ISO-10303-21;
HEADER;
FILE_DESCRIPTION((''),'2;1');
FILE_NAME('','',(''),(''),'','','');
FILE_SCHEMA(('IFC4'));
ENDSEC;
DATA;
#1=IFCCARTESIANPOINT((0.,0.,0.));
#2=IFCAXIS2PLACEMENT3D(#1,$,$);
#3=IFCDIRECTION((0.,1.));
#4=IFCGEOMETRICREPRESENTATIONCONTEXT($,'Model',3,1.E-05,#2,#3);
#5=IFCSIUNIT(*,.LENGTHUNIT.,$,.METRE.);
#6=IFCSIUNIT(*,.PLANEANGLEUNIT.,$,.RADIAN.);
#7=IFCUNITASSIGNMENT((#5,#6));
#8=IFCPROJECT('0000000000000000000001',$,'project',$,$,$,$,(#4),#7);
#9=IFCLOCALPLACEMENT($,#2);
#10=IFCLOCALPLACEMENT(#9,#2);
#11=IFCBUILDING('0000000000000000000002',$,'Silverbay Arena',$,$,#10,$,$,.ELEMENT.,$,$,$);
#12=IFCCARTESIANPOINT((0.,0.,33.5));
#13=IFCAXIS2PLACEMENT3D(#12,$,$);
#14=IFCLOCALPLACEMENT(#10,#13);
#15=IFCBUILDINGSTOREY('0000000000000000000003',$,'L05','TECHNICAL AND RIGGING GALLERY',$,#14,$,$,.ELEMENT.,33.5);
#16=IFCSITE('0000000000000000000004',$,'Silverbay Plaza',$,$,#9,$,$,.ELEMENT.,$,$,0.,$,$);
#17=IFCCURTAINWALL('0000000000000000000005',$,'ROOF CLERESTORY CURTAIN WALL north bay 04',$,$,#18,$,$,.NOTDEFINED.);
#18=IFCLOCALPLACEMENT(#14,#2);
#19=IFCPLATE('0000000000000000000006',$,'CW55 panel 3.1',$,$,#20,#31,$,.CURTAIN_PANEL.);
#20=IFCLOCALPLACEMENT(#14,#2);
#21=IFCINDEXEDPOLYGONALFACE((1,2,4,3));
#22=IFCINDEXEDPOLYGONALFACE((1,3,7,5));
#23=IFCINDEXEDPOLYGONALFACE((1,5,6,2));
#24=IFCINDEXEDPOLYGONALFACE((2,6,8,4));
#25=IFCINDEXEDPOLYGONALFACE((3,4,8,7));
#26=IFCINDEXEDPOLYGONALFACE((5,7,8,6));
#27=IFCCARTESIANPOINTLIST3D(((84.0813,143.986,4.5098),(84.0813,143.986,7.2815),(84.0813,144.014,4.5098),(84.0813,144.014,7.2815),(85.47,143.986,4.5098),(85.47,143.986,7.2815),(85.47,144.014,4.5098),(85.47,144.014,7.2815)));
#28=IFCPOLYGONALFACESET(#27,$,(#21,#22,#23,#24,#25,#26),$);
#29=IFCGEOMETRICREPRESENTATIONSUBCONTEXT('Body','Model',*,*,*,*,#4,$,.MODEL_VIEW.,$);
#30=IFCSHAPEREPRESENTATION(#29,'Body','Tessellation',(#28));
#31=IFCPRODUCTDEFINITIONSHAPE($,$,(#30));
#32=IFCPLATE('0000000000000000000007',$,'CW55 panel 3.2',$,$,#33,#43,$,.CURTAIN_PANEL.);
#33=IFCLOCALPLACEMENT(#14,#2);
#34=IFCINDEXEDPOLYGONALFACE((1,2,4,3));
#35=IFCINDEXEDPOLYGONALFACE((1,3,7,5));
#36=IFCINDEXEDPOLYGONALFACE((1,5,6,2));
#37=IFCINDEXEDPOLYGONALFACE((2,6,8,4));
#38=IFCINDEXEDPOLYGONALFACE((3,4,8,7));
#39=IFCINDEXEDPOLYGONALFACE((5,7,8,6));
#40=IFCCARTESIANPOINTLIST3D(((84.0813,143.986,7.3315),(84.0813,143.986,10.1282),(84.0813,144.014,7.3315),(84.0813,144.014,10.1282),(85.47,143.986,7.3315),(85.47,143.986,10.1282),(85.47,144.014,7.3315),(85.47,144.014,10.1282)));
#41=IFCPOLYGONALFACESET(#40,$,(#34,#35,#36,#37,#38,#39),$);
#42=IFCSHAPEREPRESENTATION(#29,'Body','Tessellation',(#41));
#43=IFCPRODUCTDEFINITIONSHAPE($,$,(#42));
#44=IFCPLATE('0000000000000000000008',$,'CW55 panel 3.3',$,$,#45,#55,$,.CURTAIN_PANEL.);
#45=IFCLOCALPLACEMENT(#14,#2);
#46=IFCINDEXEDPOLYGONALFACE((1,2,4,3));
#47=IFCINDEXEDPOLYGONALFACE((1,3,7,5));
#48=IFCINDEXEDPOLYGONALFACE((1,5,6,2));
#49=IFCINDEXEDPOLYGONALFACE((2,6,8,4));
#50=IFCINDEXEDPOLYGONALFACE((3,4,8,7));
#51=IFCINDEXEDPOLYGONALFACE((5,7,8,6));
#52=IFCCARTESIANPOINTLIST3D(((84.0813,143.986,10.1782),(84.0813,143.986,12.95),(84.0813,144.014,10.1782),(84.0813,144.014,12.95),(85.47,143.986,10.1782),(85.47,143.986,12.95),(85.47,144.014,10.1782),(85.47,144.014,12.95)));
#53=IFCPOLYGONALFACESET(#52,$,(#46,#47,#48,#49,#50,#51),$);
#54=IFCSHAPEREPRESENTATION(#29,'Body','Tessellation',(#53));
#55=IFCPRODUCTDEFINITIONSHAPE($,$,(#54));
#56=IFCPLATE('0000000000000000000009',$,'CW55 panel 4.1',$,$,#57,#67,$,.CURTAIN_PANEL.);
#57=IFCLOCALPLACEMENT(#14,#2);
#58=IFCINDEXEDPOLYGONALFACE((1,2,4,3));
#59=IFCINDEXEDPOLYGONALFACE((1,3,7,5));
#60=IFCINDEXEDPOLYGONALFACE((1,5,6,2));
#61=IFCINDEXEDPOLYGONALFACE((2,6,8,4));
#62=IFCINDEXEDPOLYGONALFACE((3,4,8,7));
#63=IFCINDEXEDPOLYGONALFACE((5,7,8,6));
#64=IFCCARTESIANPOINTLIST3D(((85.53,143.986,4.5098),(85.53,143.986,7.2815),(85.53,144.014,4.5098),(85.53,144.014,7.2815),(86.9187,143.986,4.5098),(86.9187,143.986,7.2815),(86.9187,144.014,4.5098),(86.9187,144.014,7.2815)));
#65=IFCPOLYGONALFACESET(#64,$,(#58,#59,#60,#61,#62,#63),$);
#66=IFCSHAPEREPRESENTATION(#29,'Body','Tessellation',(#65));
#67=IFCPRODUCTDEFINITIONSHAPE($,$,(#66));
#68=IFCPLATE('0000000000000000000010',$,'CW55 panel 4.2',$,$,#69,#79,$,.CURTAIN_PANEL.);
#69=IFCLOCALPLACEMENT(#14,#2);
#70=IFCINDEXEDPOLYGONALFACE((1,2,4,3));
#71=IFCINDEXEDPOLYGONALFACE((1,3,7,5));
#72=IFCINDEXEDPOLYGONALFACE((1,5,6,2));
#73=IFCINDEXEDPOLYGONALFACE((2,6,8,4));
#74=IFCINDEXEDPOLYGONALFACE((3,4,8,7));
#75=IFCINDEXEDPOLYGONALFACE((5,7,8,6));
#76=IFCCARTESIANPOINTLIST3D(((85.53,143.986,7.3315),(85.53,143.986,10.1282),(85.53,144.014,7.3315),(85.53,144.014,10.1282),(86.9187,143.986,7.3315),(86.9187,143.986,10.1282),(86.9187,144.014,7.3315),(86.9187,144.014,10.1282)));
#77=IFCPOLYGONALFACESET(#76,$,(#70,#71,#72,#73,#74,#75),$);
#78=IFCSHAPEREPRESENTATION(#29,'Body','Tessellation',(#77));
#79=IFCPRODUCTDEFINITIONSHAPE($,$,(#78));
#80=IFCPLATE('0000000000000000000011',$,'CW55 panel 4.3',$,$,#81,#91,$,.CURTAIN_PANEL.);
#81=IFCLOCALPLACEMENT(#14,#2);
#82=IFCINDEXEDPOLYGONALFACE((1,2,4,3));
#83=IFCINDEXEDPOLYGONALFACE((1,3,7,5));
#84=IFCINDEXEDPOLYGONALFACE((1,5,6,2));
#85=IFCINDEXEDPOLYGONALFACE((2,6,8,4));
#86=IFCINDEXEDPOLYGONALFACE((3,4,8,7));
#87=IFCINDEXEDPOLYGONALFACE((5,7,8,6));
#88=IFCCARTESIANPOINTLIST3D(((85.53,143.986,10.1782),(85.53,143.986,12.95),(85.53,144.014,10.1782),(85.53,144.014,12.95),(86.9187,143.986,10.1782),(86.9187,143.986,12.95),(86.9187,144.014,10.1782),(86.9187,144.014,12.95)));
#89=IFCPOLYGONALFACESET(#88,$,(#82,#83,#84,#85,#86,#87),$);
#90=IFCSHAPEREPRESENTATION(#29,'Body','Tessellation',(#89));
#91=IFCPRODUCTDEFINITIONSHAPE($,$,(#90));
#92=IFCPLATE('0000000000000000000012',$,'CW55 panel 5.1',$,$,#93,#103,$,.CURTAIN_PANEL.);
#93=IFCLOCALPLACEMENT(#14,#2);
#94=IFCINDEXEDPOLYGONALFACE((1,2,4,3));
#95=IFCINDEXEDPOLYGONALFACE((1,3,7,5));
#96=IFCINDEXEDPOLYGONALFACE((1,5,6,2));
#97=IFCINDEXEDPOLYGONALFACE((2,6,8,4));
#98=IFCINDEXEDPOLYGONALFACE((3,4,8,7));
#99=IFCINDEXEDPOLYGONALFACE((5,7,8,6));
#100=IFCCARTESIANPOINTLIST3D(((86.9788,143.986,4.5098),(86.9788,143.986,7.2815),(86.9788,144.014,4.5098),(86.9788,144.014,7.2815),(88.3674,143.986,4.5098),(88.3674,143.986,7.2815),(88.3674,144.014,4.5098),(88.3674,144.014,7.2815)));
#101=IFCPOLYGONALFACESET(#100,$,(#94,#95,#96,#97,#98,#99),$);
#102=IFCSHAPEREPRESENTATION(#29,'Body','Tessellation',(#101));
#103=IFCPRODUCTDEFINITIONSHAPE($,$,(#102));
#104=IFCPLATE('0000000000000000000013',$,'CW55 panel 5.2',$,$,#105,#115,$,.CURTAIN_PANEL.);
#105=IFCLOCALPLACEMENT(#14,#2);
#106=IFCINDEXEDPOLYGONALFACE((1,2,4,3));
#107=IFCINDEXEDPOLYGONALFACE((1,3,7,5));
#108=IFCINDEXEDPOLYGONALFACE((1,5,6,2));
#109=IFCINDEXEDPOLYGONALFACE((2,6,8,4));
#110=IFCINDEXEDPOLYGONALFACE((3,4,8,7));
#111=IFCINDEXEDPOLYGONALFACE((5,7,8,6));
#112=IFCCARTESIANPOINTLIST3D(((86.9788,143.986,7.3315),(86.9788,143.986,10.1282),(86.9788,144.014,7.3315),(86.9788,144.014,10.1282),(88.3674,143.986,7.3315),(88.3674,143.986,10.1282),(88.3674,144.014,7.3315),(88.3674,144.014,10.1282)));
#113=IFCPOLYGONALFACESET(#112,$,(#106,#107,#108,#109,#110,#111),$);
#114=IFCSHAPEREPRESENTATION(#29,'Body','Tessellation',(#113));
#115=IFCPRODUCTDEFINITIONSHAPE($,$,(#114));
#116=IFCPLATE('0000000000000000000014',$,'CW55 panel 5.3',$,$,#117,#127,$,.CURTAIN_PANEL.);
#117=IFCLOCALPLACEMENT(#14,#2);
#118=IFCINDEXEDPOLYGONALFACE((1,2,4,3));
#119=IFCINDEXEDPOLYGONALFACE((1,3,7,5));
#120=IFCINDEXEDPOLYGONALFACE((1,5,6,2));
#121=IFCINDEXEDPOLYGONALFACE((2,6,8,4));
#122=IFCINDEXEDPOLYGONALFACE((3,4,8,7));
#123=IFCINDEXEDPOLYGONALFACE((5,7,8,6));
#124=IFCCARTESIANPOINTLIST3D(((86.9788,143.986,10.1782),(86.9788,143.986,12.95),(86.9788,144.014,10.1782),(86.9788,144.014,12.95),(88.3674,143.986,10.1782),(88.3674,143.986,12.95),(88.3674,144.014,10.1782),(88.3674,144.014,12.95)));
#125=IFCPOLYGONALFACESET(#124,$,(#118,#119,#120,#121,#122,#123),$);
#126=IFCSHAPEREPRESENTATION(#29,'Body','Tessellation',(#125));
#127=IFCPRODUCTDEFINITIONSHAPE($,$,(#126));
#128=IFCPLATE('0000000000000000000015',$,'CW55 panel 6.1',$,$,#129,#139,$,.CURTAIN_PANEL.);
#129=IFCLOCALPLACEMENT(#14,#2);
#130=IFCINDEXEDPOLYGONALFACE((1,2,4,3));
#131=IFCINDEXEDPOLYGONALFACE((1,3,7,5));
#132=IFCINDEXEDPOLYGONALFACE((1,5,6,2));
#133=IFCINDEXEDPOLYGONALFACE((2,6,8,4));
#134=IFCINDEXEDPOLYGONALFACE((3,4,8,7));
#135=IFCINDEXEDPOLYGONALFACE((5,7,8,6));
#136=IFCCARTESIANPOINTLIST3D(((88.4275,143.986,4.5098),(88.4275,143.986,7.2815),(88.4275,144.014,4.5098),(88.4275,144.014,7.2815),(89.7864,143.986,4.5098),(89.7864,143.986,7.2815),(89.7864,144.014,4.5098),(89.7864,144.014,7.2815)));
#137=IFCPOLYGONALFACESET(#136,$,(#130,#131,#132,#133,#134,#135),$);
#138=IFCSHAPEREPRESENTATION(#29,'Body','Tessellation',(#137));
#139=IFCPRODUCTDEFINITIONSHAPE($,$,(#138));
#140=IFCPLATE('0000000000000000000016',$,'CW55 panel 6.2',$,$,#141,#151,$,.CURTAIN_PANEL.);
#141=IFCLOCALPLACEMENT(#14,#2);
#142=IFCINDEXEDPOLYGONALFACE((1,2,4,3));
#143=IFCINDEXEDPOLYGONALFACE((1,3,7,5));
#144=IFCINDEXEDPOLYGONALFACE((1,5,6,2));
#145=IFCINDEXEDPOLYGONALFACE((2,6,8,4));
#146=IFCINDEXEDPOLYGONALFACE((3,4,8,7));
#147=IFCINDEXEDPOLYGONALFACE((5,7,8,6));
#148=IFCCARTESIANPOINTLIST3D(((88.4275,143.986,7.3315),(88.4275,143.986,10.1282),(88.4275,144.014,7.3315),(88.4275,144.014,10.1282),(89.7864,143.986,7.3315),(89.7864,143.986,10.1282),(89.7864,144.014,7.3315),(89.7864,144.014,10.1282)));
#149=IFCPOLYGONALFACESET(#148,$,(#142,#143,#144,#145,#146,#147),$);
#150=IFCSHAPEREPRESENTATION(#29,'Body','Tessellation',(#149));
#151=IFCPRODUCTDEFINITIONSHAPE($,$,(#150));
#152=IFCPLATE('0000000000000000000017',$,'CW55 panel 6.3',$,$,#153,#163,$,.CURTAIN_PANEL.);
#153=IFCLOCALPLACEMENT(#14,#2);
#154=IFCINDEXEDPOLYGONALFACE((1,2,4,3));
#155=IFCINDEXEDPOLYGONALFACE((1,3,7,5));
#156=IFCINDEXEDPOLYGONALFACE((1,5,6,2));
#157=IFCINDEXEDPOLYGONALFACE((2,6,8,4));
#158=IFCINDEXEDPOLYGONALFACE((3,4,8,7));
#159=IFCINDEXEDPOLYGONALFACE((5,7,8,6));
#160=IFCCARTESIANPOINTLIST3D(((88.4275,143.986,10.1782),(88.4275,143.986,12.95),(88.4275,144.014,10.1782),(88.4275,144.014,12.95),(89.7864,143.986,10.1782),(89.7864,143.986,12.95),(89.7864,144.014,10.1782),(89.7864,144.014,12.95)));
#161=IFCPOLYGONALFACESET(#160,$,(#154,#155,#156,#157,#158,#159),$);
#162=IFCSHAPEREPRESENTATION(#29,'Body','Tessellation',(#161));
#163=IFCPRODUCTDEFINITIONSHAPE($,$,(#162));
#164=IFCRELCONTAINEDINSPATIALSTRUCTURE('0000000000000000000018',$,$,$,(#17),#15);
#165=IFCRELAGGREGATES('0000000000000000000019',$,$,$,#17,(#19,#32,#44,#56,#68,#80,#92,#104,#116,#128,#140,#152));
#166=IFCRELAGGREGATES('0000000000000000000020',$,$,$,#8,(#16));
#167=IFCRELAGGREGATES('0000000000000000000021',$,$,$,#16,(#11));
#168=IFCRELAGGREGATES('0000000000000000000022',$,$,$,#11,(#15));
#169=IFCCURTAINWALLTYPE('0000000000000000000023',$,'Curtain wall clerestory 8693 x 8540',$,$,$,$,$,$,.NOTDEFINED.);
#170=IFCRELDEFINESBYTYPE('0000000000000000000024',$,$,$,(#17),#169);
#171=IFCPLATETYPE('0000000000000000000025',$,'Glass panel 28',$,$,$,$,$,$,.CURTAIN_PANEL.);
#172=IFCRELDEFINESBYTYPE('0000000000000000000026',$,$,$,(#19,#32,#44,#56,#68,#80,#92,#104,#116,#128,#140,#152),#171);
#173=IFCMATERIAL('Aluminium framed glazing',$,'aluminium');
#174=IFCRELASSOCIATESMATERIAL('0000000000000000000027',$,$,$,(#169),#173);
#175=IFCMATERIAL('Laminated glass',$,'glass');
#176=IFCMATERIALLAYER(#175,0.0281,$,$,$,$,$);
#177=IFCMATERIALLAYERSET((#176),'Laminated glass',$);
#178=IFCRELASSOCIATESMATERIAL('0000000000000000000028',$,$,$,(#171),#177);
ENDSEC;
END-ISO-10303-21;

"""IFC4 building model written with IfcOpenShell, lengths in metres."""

from ifc_helpers import new_model, si_unit, direction, frame, origin, origin_2d, place, context, subcontext, project, spatial, rectangle, extrude, material, layer, layer_set, type_object, element, aggregate, save


model = new_model("IFC4")

# Units and contexts
model_context = context("Model", 3, precision=1e-05, world=origin(), true_north=direction((0.0, 1.0)))
body_context = subcontext(model_context, "Body", "Model", "MODEL_VIEW")
ifc_project = project(units=[si_unit("LENGTHUNIT", "METRE"), si_unit("PLANEANGLEUNIT", "RADIAN")], contexts=[model_context])

# Site, building, storey
site_placement = place(None, origin())
site = spatial("IfcSite", under=ifc_project, at=site_placement, Name="Silverbay Plaza", CompositionType="ELEMENT", RefElevation=0.0)
building_placement = place(site_placement, origin())
building = spatial("IfcBuilding", under=site, at=building_placement, Name="Silverbay Arena", CompositionType="ELEMENT")
storey_placement = place(building_placement, frame((0.0, 0.0, 33.5)))
storey = spatial("IfcBuildingStorey", under=building, at=storey_placement, Name="L05", Description="TECHNICAL AND RIGGING GALLERY", CompositionType="ELEMENT", Elevation=33.5)

# Curtain wall
ifc_material_1 = material(Name="Aluminium framed glazing", Category="aluminium")
curtain_wall_type = type_object("IfcCurtainWallType", Name="Curtain wall clerestory 8693 x 8540", PredefinedType="NOTDEFINED", material=ifc_material_1)
curtain_wall_placement = place(storey_placement, origin())
curtain_wall = element("IfcCurtainWall", 1, at=curtain_wall_placement, inside=storey, type_object=curtain_wall_type, Name="ROOF CLERESTORY CURTAIN WALL north bay 04", PredefinedType="NOTDEFINED")

# Plates
ifc_material_2 = material(Name="Laminated glass", Category="glass")
ifc_layer = layer(ifc_material_2, 0.0281)
ifc_layer_set = layer_set([ifc_layer], Name="Laminated glass")
plate_type = type_object("IfcPlateType", Name="Glass panel 28", PredefinedType="CURTAIN_PANEL", material=ifc_layer_set)
plate_1_placement = place(storey_placement, frame((84.7756, 144.0, 4.5098), z_axis=(0.0, 0.0, 1.0), x_axis=(1.0, 0.0, 0.0)))
plate_1 = element("IfcPlate", 2, at=plate_1_placement, type_object=plate_type, Name="CW55 panel 3.1", PredefinedType="CURTAIN_PANEL", context=body_context, shape_type="SweptSolid", body=[
    extrude(rectangle(XDim=1.3887, YDim=0.0281, at=origin_2d()), origin(), (0.0, 0.0, 1.0), 2.7717),
])
plate_2_placement = place(storey_placement, frame((84.7756, 144.0, 7.3315), z_axis=(0.0, 0.0, 1.0), x_axis=(1.0, 0.0, 0.0)))
plate_2 = element("IfcPlate", 3, at=plate_2_placement, type_object=plate_type, Name="CW55 panel 3.2", PredefinedType="CURTAIN_PANEL", context=body_context, shape_type="SweptSolid", body=[
    extrude(rectangle(XDim=1.3887, YDim=0.0281, at=origin_2d()), origin(), (0.0, 0.0, 1.0), 2.7966),
])
plate_3_placement = place(storey_placement, frame((84.7756, 144.0, 10.1782), z_axis=(0.0, 0.0, 1.0), x_axis=(1.0, 0.0, 0.0)))
plate_3 = element("IfcPlate", 4, at=plate_3_placement, type_object=plate_type, Name="CW55 panel 3.3", PredefinedType="CURTAIN_PANEL", context=body_context, shape_type="SweptSolid", body=[
    extrude(rectangle(XDim=1.3887, YDim=0.0281, at=origin_2d()), origin(), (0.0, 0.0, 1.0), 2.7717),
])
plate_4_placement = place(storey_placement, frame((86.2244, 144.0, 4.5098), z_axis=(0.0, 0.0, 1.0), x_axis=(1.0, 0.0, 0.0)))
plate_4 = element("IfcPlate", 5, at=plate_4_placement, type_object=plate_type, Name="CW55 panel 4.1", PredefinedType="CURTAIN_PANEL", context=body_context, shape_type="SweptSolid", body=[
    extrude(rectangle(XDim=1.3887, YDim=0.0281, at=origin_2d()), origin(), (0.0, 0.0, 1.0), 2.7717),
])
plate_5_placement = place(storey_placement, frame((86.2244, 144.0, 7.3315), z_axis=(0.0, 0.0, 1.0), x_axis=(1.0, 0.0, 0.0)))
plate_5 = element("IfcPlate", 6, at=plate_5_placement, type_object=plate_type, Name="CW55 panel 4.2", PredefinedType="CURTAIN_PANEL", context=body_context, shape_type="SweptSolid", body=[
    extrude(rectangle(XDim=1.3887, YDim=0.0281, at=origin_2d()), origin(), (0.0, 0.0, 1.0), 2.7966),
])
plate_6_placement = place(storey_placement, frame((86.2244, 144.0, 10.1782), z_axis=(0.0, 0.0, 1.0), x_axis=(1.0, 0.0, 0.0)))
plate_6 = element("IfcPlate", 7, at=plate_6_placement, type_object=plate_type, Name="CW55 panel 4.3", PredefinedType="CURTAIN_PANEL", context=body_context, shape_type="SweptSolid", body=[
    extrude(rectangle(XDim=1.3887, YDim=0.0281, at=origin_2d()), origin(), (0.0, 0.0, 1.0), 2.7717),
])
plate_7_placement = place(storey_placement, frame((87.6731, 144.0, 4.5098), z_axis=(0.0, 0.0, 1.0), x_axis=(1.0, 0.0, 0.0)))
plate_7 = element("IfcPlate", 8, at=plate_7_placement, type_object=plate_type, Name="CW55 panel 5.1", PredefinedType="CURTAIN_PANEL", context=body_context, shape_type="SweptSolid", body=[
    extrude(rectangle(XDim=1.3887, YDim=0.0281, at=origin_2d()), origin(), (0.0, 0.0, 1.0), 2.7717),
])
plate_8_placement = place(storey_placement, frame((87.6731, 144.0, 7.3315), z_axis=(0.0, 0.0, 1.0), x_axis=(1.0, 0.0, 0.0)))
plate_8 = element("IfcPlate", 9, at=plate_8_placement, type_object=plate_type, Name="CW55 panel 5.2", PredefinedType="CURTAIN_PANEL", context=body_context, shape_type="SweptSolid", body=[
    extrude(rectangle(XDim=1.3887, YDim=0.0281, at=origin_2d()), origin(), (0.0, 0.0, 1.0), 2.7966),
])
plate_9_placement = place(storey_placement, frame((87.6731, 144.0, 10.1782), z_axis=(0.0, 0.0, 1.0), x_axis=(1.0, 0.0, 0.0)))
plate_9 = element("IfcPlate", 10, at=plate_9_placement, type_object=plate_type, Name="CW55 panel 5.3", PredefinedType="CURTAIN_PANEL", context=body_context, shape_type="SweptSolid", body=[
    extrude(rectangle(XDim=1.3887, YDim=0.0281, at=origin_2d()), origin(), (0.0, 0.0, 1.0), 2.7717),
])
plate_10_placement = place(storey_placement, frame((89.1069, 144.0, 4.5098), z_axis=(0.0, 0.0, 1.0), x_axis=(1.0, 0.0, 0.0)))
plate_10 = element("IfcPlate", 11, at=plate_10_placement, type_object=plate_type, Name="CW55 panel 6.1", PredefinedType="CURTAIN_PANEL", context=body_context, shape_type="SweptSolid", body=[
    extrude(rectangle(XDim=1.3589, YDim=0.0281, at=origin_2d()), origin(), (0.0, 0.0, 1.0), 2.7717),
])
plate_11_placement = place(storey_placement, frame((89.1069, 144.0, 7.3315), z_axis=(0.0, 0.0, 1.0), x_axis=(1.0, 0.0, 0.0)))
plate_11 = element("IfcPlate", 12, at=plate_11_placement, type_object=plate_type, Name="CW55 panel 6.2", PredefinedType="CURTAIN_PANEL", context=body_context, shape_type="SweptSolid", body=[
    extrude(rectangle(XDim=1.3589, YDim=0.0281, at=origin_2d()), origin(), (0.0, 0.0, 1.0), 2.7966),
])
plate_12_placement = place(storey_placement, frame((89.1069, 144.0, 10.1782), z_axis=(0.0, 0.0, 1.0), x_axis=(1.0, 0.0, 0.0)))
plate_12 = element("IfcPlate", 13, at=plate_12_placement, type_object=plate_type, Name="CW55 panel 6.3", PredefinedType="CURTAIN_PANEL", context=body_context, shape_type="SweptSolid", body=[
    extrude(rectangle(XDim=1.3589, YDim=0.0281, at=origin_2d()), origin(), (0.0, 0.0, 1.0), 2.7717),
])
aggregate(curtain_wall, [plate_1, plate_2, plate_3, plate_4, plate_5, plate_6, plate_7, plate_8, plate_9, plate_10, plate_11, plate_12])

save(model, "model.ifc")
